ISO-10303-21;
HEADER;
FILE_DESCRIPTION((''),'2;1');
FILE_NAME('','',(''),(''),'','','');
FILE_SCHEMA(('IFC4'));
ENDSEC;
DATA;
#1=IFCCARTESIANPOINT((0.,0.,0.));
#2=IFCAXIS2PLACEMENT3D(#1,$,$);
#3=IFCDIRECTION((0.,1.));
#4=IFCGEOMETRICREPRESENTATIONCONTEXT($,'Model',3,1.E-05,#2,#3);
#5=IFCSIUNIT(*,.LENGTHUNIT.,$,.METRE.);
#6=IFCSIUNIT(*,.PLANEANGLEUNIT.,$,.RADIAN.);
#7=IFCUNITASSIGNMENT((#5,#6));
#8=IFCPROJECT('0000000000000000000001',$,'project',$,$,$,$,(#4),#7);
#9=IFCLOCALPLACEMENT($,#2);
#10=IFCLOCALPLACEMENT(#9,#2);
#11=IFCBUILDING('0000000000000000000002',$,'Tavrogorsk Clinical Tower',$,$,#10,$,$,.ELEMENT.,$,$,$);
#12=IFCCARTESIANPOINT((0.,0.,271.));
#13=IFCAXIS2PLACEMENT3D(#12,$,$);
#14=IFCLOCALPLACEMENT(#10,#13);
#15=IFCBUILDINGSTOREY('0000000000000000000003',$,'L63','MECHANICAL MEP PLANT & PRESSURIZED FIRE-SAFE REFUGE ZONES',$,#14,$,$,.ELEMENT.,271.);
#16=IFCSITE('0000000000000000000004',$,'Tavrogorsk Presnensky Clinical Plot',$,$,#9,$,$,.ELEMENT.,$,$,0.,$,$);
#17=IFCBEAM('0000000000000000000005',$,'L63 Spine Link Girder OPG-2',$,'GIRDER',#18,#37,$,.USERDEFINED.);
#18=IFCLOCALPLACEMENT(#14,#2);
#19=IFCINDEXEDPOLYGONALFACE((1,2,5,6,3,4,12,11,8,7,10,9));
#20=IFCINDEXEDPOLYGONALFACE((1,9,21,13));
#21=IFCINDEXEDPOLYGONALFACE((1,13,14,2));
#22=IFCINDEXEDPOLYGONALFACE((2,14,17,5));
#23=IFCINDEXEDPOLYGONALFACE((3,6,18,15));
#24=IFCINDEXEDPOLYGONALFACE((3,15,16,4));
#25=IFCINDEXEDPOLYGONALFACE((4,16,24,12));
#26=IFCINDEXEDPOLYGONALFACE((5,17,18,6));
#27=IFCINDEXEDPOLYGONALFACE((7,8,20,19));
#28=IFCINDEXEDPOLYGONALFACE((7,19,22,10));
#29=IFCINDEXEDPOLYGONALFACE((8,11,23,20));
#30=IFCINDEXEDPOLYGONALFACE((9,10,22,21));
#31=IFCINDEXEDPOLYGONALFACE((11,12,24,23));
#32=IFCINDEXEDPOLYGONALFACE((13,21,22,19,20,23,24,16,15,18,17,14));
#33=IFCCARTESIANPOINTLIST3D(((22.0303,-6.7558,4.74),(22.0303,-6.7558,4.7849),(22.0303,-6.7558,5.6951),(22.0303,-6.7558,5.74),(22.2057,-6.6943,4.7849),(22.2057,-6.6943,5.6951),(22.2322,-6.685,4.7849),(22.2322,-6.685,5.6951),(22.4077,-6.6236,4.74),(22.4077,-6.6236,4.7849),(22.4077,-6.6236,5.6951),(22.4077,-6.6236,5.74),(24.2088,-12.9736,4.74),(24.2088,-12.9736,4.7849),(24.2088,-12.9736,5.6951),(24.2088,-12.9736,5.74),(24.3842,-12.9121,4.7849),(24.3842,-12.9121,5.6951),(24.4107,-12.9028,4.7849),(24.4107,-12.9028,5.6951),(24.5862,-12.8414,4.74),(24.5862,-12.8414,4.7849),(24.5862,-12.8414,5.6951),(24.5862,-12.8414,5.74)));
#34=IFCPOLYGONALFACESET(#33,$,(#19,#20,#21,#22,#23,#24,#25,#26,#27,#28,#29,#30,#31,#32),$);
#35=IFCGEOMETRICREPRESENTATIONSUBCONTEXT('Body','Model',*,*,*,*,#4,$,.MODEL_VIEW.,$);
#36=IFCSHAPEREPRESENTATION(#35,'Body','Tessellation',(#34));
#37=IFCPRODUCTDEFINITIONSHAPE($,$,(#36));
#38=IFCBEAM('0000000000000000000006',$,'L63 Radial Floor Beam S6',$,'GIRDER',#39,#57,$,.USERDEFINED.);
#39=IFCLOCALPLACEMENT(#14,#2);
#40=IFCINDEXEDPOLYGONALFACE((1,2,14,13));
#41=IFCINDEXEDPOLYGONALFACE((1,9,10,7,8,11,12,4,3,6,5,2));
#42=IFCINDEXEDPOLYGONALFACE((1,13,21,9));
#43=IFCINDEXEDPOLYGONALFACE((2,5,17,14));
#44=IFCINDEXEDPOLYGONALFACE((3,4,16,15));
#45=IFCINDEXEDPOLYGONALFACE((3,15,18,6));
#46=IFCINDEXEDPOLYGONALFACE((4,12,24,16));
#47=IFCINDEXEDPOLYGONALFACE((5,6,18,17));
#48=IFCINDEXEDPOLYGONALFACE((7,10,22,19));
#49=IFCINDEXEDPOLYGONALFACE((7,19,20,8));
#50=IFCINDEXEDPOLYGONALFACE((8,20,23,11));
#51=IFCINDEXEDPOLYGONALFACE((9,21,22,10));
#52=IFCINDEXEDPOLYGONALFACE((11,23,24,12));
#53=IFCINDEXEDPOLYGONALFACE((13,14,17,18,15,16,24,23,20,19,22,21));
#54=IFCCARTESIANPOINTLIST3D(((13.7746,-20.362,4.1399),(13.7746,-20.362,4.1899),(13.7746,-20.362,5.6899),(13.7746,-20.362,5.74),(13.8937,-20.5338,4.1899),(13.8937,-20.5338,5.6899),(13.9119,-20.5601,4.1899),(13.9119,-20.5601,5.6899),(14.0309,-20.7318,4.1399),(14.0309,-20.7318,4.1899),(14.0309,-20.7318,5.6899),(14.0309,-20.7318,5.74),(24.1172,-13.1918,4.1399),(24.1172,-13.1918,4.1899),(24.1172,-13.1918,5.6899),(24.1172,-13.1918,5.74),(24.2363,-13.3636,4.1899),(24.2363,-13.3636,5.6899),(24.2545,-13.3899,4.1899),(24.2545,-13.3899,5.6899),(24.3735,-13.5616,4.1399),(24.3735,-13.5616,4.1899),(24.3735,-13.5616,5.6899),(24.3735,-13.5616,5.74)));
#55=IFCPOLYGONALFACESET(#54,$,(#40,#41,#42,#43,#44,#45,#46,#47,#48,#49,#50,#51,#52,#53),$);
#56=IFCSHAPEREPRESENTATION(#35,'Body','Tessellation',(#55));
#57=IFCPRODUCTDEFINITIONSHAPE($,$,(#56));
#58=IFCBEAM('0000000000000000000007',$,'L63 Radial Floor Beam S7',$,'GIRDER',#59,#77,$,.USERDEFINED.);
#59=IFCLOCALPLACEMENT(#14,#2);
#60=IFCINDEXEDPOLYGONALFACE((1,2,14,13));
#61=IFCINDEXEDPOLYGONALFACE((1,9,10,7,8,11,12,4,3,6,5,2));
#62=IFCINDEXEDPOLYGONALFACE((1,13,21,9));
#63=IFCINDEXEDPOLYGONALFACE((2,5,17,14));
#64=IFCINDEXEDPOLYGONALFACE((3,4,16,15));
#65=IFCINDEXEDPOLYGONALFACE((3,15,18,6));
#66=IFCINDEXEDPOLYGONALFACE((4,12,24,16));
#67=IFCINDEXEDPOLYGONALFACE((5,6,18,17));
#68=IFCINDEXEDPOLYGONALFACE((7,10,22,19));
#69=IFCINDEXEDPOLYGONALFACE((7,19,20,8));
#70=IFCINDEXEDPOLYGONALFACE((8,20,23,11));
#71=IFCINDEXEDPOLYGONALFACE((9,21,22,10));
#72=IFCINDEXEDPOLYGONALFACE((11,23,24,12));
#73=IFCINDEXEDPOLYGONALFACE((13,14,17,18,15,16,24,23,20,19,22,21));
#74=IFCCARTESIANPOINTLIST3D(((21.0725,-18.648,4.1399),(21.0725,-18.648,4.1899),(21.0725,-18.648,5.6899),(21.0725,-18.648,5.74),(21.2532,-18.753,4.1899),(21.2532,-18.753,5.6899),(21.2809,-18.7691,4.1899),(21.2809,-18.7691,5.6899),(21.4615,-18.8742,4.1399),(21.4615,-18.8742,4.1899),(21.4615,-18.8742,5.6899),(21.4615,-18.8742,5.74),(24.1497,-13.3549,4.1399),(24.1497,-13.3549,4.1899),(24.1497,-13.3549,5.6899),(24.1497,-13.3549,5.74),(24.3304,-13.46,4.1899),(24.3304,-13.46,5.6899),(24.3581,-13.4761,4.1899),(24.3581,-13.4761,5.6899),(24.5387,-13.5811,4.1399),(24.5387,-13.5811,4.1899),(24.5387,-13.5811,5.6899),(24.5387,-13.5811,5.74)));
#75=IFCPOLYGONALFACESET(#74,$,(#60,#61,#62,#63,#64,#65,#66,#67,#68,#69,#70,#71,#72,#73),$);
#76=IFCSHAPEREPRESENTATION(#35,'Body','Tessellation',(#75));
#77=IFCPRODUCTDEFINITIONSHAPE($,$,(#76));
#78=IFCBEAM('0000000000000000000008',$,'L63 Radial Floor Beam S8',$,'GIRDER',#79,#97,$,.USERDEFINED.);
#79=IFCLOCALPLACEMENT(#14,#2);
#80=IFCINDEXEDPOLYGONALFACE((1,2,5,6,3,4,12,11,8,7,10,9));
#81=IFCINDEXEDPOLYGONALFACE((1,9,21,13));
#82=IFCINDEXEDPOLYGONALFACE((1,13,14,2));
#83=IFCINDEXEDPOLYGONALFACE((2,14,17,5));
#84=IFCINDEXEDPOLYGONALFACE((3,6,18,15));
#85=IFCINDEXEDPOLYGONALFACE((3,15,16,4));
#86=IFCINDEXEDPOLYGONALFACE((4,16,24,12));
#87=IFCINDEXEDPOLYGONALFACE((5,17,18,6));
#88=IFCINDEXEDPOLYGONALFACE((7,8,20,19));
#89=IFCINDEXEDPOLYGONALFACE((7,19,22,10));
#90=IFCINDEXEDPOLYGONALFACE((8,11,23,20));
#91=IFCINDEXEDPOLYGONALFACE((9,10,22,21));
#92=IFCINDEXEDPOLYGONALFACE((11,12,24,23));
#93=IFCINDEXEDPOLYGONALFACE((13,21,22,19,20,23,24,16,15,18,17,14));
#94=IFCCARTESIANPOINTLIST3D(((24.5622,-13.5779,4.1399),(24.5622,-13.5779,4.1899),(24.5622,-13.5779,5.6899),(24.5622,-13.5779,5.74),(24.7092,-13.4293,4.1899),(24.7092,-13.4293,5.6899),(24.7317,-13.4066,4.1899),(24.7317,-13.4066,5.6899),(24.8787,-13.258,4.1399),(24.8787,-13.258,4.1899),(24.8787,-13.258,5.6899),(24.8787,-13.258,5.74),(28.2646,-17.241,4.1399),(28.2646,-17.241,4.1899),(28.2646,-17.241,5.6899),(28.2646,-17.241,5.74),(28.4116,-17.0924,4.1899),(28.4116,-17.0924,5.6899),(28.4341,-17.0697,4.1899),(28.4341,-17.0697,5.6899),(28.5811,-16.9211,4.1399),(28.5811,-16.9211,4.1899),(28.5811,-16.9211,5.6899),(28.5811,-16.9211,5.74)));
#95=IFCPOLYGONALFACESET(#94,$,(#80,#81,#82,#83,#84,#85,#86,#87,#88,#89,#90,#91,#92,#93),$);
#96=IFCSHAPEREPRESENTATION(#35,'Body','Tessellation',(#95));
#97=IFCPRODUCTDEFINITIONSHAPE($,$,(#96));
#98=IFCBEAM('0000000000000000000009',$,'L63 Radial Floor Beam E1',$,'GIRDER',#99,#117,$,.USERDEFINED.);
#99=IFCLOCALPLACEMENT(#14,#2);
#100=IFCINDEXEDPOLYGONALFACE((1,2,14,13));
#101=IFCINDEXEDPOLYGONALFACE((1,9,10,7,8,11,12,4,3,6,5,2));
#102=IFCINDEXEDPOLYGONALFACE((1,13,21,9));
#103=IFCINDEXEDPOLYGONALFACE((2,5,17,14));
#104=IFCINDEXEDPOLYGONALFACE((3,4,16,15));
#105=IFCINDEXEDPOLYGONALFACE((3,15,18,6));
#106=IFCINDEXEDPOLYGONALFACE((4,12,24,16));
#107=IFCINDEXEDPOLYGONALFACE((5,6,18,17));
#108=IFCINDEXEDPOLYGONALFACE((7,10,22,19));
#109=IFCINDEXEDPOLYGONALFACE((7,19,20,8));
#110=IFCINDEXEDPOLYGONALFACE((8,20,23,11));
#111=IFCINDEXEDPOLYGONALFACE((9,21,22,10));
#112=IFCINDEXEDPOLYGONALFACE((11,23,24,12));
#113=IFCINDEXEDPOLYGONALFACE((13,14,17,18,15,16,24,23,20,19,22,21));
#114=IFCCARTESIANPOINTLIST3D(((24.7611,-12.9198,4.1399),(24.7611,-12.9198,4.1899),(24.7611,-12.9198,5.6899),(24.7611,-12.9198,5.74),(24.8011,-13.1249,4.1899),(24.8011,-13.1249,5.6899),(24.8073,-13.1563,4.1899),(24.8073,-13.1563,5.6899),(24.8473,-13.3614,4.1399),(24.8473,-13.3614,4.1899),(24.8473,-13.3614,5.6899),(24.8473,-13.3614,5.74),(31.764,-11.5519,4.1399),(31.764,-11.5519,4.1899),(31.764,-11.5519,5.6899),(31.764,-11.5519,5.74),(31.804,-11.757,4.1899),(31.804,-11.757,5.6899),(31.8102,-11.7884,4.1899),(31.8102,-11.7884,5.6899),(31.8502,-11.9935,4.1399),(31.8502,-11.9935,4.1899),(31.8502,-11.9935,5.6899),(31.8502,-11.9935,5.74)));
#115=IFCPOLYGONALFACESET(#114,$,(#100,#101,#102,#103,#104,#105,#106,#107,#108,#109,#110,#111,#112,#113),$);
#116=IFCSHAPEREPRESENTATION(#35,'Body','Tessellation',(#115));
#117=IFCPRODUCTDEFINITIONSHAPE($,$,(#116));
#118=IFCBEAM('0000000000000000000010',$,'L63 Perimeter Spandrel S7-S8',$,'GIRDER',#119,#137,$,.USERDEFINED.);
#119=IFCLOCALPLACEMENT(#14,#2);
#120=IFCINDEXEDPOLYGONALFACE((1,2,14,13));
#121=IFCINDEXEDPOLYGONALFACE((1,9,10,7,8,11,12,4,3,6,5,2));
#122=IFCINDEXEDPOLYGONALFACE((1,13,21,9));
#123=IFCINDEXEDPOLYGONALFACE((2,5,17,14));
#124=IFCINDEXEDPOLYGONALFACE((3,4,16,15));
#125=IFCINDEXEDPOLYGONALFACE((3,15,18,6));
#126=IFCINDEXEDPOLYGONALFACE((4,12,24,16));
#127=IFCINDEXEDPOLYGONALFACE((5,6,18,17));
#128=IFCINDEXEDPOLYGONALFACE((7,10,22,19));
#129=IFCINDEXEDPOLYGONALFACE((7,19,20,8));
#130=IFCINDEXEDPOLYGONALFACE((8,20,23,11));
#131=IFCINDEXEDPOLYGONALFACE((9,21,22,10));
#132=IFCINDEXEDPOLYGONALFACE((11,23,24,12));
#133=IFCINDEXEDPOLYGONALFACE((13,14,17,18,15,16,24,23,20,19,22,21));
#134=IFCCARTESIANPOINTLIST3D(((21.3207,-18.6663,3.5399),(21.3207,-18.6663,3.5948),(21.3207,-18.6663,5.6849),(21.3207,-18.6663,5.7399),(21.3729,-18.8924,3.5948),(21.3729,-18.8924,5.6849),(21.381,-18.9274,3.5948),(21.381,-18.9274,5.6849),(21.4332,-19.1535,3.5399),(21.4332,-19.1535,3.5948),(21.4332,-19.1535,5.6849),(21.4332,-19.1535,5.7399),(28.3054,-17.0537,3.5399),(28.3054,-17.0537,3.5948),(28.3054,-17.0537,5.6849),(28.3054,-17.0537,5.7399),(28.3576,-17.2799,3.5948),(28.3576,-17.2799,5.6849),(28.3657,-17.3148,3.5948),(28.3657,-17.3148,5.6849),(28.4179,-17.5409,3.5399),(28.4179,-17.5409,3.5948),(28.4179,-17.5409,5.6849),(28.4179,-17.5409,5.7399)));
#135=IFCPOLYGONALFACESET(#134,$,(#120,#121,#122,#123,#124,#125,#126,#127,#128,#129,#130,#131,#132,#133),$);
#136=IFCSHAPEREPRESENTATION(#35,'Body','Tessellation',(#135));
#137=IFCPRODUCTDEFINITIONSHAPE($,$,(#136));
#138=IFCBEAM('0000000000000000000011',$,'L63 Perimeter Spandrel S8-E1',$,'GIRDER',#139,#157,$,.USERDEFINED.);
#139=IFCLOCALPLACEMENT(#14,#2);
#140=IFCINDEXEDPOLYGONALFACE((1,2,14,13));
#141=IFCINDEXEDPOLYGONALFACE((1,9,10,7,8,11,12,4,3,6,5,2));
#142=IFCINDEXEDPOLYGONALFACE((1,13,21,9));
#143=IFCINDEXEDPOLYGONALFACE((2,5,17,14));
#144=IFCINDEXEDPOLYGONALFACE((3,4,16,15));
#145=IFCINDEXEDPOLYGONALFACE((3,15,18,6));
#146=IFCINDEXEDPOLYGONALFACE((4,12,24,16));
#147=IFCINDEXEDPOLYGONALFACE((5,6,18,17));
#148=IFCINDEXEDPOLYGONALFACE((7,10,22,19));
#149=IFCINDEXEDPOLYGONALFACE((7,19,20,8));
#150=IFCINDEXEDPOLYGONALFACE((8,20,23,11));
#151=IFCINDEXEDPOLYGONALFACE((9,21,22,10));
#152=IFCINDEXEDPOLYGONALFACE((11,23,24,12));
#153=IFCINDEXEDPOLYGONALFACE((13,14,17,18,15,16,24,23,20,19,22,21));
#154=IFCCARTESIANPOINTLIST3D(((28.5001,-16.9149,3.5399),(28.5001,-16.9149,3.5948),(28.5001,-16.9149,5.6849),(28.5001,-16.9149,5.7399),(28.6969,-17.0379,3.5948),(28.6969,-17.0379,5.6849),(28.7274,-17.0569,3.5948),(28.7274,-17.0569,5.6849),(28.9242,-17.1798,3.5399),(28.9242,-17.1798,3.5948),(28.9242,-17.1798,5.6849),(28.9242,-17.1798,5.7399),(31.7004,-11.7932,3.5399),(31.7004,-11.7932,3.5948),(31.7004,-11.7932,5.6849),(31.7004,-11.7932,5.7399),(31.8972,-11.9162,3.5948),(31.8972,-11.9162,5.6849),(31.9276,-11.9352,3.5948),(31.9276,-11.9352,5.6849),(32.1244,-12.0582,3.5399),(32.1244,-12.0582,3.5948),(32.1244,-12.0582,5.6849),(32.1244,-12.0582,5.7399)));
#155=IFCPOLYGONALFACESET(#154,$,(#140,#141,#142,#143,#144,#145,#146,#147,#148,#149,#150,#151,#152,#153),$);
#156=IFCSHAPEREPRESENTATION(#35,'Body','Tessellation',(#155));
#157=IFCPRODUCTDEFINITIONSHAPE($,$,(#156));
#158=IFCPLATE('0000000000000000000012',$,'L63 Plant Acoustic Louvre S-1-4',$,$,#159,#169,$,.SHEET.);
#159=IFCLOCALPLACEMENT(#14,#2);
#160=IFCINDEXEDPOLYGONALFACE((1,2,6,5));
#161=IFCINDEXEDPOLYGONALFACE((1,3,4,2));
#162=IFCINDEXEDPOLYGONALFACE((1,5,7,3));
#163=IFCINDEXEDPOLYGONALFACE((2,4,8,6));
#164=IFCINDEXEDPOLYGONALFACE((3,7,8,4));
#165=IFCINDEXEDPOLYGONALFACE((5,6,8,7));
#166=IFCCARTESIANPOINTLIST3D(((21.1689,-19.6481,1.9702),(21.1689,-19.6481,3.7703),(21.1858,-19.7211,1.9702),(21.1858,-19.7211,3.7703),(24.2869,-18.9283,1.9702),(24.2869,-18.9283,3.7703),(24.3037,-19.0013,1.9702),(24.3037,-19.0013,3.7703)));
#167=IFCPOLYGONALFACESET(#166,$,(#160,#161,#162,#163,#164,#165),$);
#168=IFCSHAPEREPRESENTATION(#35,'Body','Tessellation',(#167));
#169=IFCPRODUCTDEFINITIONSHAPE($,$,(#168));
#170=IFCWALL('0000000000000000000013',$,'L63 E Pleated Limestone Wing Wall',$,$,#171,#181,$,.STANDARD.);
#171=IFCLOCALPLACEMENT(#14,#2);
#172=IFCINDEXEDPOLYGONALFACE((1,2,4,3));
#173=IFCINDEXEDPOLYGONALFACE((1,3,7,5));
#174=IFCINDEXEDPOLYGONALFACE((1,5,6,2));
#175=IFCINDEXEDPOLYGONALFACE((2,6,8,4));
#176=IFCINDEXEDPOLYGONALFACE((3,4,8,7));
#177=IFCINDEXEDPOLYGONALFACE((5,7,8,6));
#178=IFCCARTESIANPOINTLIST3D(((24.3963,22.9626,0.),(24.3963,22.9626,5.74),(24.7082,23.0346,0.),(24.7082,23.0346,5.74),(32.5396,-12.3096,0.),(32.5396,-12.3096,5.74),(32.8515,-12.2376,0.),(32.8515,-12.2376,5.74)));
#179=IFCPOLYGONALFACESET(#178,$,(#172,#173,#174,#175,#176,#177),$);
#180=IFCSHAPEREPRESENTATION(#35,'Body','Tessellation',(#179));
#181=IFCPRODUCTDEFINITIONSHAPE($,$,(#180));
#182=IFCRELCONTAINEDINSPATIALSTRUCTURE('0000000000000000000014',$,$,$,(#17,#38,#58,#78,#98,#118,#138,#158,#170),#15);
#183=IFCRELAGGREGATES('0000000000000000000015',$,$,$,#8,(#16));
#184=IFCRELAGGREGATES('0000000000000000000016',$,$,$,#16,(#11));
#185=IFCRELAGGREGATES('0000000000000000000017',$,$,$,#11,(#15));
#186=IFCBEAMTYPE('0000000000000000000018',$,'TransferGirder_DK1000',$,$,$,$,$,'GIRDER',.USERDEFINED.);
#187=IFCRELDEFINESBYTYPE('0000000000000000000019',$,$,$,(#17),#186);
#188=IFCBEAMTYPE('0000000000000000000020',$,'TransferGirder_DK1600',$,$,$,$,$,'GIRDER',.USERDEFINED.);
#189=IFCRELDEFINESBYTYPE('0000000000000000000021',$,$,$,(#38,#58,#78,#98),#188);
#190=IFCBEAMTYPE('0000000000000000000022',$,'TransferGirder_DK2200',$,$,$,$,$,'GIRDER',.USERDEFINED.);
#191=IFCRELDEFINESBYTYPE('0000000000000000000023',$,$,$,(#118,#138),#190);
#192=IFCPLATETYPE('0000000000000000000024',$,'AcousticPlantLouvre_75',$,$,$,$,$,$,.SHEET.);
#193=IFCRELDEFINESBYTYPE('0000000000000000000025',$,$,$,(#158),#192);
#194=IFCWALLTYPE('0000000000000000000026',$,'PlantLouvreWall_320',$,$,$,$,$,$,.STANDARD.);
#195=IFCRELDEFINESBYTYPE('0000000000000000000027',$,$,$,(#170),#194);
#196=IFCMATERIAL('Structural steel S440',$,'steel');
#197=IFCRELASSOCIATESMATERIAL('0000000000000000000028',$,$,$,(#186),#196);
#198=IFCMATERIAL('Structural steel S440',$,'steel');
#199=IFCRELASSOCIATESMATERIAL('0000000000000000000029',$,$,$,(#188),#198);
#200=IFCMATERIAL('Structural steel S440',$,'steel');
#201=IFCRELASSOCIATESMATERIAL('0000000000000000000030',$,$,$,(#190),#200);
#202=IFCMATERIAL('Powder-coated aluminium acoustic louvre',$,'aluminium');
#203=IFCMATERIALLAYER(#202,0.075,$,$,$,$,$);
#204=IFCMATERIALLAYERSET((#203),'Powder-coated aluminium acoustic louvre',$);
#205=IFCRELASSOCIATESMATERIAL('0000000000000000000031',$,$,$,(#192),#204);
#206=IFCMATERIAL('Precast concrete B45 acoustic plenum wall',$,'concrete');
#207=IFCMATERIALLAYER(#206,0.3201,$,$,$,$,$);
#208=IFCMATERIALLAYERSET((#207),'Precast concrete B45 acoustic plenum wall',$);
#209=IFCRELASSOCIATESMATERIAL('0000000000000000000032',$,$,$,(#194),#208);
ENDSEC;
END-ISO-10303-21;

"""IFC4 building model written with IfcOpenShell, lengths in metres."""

from ifc_helpers import new_model, si_unit, direction, frame, frame_2d, origin, origin_2d, place, context, subcontext, project, spatial, rectangle, i_section, extrude, material, layer, layer_set, material_profile, profile_set, type_object, element, save


model = new_model("IFC4")

# Units and contexts
model_context = context("Model", 3, precision=1e-05, world=origin(), true_north=direction((0.0, 1.0)))
body_context = subcontext(model_context, "Body", "Model", "MODEL_VIEW")
ifc_project = project(units=[si_unit("LENGTHUNIT", "METRE"), si_unit("PLANEANGLEUNIT", "RADIAN")], contexts=[model_context])

# Site, building, storey
site_placement = place(None, origin())
site = spatial("IfcSite", under=ifc_project, at=site_placement, Name="Tavrogorsk Presnensky Clinical Plot", CompositionType="ELEMENT", RefElevation=0.0)
building_placement = place(site_placement, origin())
building = spatial("IfcBuilding", under=site, at=building_placement, Name="Tavrogorsk Clinical Tower", CompositionType="ELEMENT")
storey_placement = place(building_placement, frame((0.0, 0.0, 271.0)))
storey = spatial("IfcBuildingStorey", under=building, at=storey_placement, Name="L63", Description="MECHANICAL MEP PLANT & PRESSURIZED FIRE-SAFE REFUGE ZONES", CompositionType="ELEMENT", Elevation=271.0)

# Beams
ifc_material_1 = material(Name="Structural steel S440", Category="steel")
ifc_material_profile_1 = material_profile(ifc_material_1, i_section(OverallWidth=0.3999, OverallDepth=1.0, WebThickness=0.0281, FlangeThickness=0.0449, at=origin_2d()), Name="DK-1000x400x28x45")
ifc_profile_set_1 = profile_set([ifc_material_profile_1], Name="Structural steel S440")
beam_type_1 = type_object("IfcBeamType", Name="TransferGirder_DK1000", ElementType="GIRDER", PredefinedType="USERDEFINED", material=ifc_profile_set_1)
beam_1_placement = place(storey_placement, frame((24.3975, -12.9075, 5.24), z_axis=(-0.330654, 0.943752, 0.0), x_axis=(-0.943752, -0.330654, 0.0)))
element("IfcBeam", 1, at=beam_1_placement, inside=storey, type_object=beam_type_1, Name="L63 Spine Link Girder OPG-2", ObjectType="GIRDER", PredefinedType="USERDEFINED", context=body_context, shape_type="SweptSolid", body=[
    extrude(i_section(OverallWidth=0.3999, OverallDepth=1.0, WebThickness=0.0281, FlangeThickness=0.0449, at=origin_2d()), origin(), (0.0, 0.0, 1.0), 6.5884),
])
ifc_material_2 = material(Name="Structural steel S440", Category="steel")
ifc_material_profile_2 = material_profile(ifc_material_2, i_section(OverallWidth=0.45, OverallDepth=1.6001, WebThickness=0.032, FlangeThickness=0.05, at=origin_2d()), Name="DK-1600x450x32x50")
ifc_profile_set_2 = profile_set([ifc_material_profile_2], Name="Structural steel S440")
beam_type_2 = type_object("IfcBeamType", Name="TransferGirder_DK1600", ElementType="GIRDER", PredefinedType="USERDEFINED", material=ifc_profile_set_2)
beam_2_placement = place(storey_placement, frame((24.2454, -13.3767, 4.9399), z_axis=(-0.821822, -0.569745, 0.0), x_axis=(0.569745, -0.821822, 0.0)))
element("IfcBeam", 2, at=beam_2_placement, inside=storey, type_object=beam_type_2, Name="L63 Radial Floor Beam S6", ObjectType="GIRDER", PredefinedType="USERDEFINED", context=body_context, shape_type="SweptSolid", body=[
    extrude(i_section(OverallWidth=0.45, OverallDepth=1.6001, WebThickness=0.032, FlangeThickness=0.05, at=origin_2d()), origin(), (0.0, 0.0, 1.0), 12.585),
])
beam_3_placement = place(storey_placement, frame((24.3442, -13.468, 4.9399), z_axis=(-0.502601, -0.864518, 0.0), x_axis=(0.864518, -0.502601, 0.0)))
element("IfcBeam", 3, at=beam_3_placement, inside=storey, type_object=beam_type_2, Name="L63 Radial Floor Beam S7", ObjectType="GIRDER", PredefinedType="USERDEFINED", context=body_context, shape_type="SweptSolid", body=[
    extrude(i_section(OverallWidth=0.45, OverallDepth=1.6001, WebThickness=0.032, FlangeThickness=0.05, at=origin_2d()), origin(), (0.0, 0.0, 1.0), 6.1226),
])
beam_4_placement = place(storey_placement, frame((24.7205, -13.418, 4.9399), z_axis=(0.71087, -0.703323, 0.0), x_axis=(0.703323, 0.71087, 0.0)))
element("IfcBeam", 4, at=beam_4_placement, inside=storey, type_object=beam_type_2, Name="L63 Radial Floor Beam S8", ObjectType="GIRDER", PredefinedType="USERDEFINED", context=body_context, shape_type="SweptSolid", body=[
    extrude(i_section(OverallWidth=0.45, OverallDepth=1.6001, WebThickness=0.032, FlangeThickness=0.05, at=origin_2d()), origin(), (0.0, 0.0, 1.0), 5.2083),
])
beam_5_placement = place(storey_placement, frame((24.8042, -13.1406, 4.9399), z_axis=(0.981451, 0.191712, 0.0), x_axis=(-0.191712, 0.981451, 0.0)))
element("IfcBeam", 5, at=beam_5_placement, inside=storey, type_object=beam_type_2, Name="L63 Radial Floor Beam E1", ObjectType="GIRDER", PredefinedType="USERDEFINED", context=body_context, shape_type="SweptSolid", body=[
    extrude(i_section(OverallWidth=0.45, OverallDepth=1.6001, WebThickness=0.032, FlangeThickness=0.05, at=origin_2d()), origin(), (0.0, 0.0, 1.0), 7.1353),
])
ifc_material_3 = material(Name="Structural steel S440", Category="steel")
ifc_material_profile_3 = material_profile(ifc_material_3, i_section(OverallWidth=0.5, OverallDepth=2.2, WebThickness=0.0359, FlangeThickness=0.0549, at=origin_2d()), Name="DK-2200x500x36x55")
ifc_profile_set_3 = profile_set([ifc_material_profile_3], Name="Structural steel S440")
beam_type_3 = type_object("IfcBeamType", Name="TransferGirder_DK2200", ElementType="GIRDER", PredefinedType="USERDEFINED", material=ifc_profile_set_3)
beam_6_placement = place(storey_placement, frame((21.377, -18.9099, 4.6399), z_axis=(0.974369, 0.224954, 0.0), x_axis=(-0.224954, 0.974369, 0.0)))
element("IfcBeam", 6, at=beam_6_placement, inside=storey, type_object=beam_type_3, Name="L63 Perimeter Spandrel S7-S8", ObjectType="GIRDER", PredefinedType="USERDEFINED", context=body_context, shape_type="SweptSolid", body=[
    extrude(i_section(OverallWidth=0.5, OverallDepth=2.2, WebThickness=0.0359, FlangeThickness=0.0549, at=origin_2d()), origin(), (0.0, 0.0, 1.0), 7.1685),
])
beam_7_placement = place(storey_placement, frame((28.7122, -17.0474, 4.6399), z_axis=(0.529904, 0.848057, 0.0), x_axis=(-0.848057, 0.529904, 0.0)))
element("IfcBeam", 7, at=beam_7_placement, inside=storey, type_object=beam_type_3, Name="L63 Perimeter Spandrel S8-E1", ObjectType="GIRDER", PredefinedType="USERDEFINED", context=body_context, shape_type="SweptSolid", body=[
    extrude(i_section(OverallWidth=0.5, OverallDepth=2.2, WebThickness=0.0359, FlangeThickness=0.0549, at=origin_2d()), origin(), (0.0, 0.0, 1.0), 6.0393),
])

# Plate
ifc_material_4 = material(Name="Powder-coated aluminium acoustic louvre", Category="aluminium")
ifc_layer_1 = layer(ifc_material_4, 0.075)
ifc_layer_set_1 = layer_set([ifc_layer_1], Name="Powder-coated aluminium acoustic louvre")
plate_type = type_object("IfcPlateType", Name="AcousticPlantLouvre_75", PredefinedType="SHEET", material=ifc_layer_set_1)
plate_placement = place(storey_placement, frame((22.7363, -19.3247, 1.9702), z_axis=(0.0, 0.0, 1.0), x_axis=(0.97437, 0.224953, 0.0)))
element("IfcPlate", 8, at=plate_placement, inside=storey, type_object=plate_type, Name="L63 Plant Acoustic Louvre S-1-4", PredefinedType="SHEET", context=body_context, shape_type="SweptSolid", body=[
    extrude(rectangle(XDim=3.2, YDim=0.075, at=origin_2d()), origin(), (0.0, 0.0, 1.0), 1.8),
])

# Wall
ifc_material_5 = material(Name="Precast concrete B45 acoustic plenum wall", Category="concrete")
ifc_layer_2 = layer(ifc_material_5, 0.3201)
ifc_layer_set_2 = layer_set([ifc_layer_2], Name="Precast concrete B45 acoustic plenum wall")
wall_type_1 = type_object("IfcWallType", Name="PlantLouvreWall_320", PredefinedType="STANDARD", material=ifc_layer_set_2)
wall_1_placement = place(storey_placement, frame((32.6956, -12.2737, 0.0), z_axis=(0.0, 0.0, 1.0), x_axis=(-0.224953, 0.97437, 0.0)))
element("IfcWall", 9, at=wall_1_placement, inside=storey, type_object=wall_type_1, Name="L63 E Pleated Limestone Wing Wall", PredefinedType="STANDARD", context=body_context, shape_type="SweptSolid", body=[
    extrude(rectangle(XDim=36.2, YDim=0.3201, at=frame_2d((18.1001, 0.0))), origin(), (0.0, 0.0, 1.0), 5.74),
])

save(model, "model.ifc")
